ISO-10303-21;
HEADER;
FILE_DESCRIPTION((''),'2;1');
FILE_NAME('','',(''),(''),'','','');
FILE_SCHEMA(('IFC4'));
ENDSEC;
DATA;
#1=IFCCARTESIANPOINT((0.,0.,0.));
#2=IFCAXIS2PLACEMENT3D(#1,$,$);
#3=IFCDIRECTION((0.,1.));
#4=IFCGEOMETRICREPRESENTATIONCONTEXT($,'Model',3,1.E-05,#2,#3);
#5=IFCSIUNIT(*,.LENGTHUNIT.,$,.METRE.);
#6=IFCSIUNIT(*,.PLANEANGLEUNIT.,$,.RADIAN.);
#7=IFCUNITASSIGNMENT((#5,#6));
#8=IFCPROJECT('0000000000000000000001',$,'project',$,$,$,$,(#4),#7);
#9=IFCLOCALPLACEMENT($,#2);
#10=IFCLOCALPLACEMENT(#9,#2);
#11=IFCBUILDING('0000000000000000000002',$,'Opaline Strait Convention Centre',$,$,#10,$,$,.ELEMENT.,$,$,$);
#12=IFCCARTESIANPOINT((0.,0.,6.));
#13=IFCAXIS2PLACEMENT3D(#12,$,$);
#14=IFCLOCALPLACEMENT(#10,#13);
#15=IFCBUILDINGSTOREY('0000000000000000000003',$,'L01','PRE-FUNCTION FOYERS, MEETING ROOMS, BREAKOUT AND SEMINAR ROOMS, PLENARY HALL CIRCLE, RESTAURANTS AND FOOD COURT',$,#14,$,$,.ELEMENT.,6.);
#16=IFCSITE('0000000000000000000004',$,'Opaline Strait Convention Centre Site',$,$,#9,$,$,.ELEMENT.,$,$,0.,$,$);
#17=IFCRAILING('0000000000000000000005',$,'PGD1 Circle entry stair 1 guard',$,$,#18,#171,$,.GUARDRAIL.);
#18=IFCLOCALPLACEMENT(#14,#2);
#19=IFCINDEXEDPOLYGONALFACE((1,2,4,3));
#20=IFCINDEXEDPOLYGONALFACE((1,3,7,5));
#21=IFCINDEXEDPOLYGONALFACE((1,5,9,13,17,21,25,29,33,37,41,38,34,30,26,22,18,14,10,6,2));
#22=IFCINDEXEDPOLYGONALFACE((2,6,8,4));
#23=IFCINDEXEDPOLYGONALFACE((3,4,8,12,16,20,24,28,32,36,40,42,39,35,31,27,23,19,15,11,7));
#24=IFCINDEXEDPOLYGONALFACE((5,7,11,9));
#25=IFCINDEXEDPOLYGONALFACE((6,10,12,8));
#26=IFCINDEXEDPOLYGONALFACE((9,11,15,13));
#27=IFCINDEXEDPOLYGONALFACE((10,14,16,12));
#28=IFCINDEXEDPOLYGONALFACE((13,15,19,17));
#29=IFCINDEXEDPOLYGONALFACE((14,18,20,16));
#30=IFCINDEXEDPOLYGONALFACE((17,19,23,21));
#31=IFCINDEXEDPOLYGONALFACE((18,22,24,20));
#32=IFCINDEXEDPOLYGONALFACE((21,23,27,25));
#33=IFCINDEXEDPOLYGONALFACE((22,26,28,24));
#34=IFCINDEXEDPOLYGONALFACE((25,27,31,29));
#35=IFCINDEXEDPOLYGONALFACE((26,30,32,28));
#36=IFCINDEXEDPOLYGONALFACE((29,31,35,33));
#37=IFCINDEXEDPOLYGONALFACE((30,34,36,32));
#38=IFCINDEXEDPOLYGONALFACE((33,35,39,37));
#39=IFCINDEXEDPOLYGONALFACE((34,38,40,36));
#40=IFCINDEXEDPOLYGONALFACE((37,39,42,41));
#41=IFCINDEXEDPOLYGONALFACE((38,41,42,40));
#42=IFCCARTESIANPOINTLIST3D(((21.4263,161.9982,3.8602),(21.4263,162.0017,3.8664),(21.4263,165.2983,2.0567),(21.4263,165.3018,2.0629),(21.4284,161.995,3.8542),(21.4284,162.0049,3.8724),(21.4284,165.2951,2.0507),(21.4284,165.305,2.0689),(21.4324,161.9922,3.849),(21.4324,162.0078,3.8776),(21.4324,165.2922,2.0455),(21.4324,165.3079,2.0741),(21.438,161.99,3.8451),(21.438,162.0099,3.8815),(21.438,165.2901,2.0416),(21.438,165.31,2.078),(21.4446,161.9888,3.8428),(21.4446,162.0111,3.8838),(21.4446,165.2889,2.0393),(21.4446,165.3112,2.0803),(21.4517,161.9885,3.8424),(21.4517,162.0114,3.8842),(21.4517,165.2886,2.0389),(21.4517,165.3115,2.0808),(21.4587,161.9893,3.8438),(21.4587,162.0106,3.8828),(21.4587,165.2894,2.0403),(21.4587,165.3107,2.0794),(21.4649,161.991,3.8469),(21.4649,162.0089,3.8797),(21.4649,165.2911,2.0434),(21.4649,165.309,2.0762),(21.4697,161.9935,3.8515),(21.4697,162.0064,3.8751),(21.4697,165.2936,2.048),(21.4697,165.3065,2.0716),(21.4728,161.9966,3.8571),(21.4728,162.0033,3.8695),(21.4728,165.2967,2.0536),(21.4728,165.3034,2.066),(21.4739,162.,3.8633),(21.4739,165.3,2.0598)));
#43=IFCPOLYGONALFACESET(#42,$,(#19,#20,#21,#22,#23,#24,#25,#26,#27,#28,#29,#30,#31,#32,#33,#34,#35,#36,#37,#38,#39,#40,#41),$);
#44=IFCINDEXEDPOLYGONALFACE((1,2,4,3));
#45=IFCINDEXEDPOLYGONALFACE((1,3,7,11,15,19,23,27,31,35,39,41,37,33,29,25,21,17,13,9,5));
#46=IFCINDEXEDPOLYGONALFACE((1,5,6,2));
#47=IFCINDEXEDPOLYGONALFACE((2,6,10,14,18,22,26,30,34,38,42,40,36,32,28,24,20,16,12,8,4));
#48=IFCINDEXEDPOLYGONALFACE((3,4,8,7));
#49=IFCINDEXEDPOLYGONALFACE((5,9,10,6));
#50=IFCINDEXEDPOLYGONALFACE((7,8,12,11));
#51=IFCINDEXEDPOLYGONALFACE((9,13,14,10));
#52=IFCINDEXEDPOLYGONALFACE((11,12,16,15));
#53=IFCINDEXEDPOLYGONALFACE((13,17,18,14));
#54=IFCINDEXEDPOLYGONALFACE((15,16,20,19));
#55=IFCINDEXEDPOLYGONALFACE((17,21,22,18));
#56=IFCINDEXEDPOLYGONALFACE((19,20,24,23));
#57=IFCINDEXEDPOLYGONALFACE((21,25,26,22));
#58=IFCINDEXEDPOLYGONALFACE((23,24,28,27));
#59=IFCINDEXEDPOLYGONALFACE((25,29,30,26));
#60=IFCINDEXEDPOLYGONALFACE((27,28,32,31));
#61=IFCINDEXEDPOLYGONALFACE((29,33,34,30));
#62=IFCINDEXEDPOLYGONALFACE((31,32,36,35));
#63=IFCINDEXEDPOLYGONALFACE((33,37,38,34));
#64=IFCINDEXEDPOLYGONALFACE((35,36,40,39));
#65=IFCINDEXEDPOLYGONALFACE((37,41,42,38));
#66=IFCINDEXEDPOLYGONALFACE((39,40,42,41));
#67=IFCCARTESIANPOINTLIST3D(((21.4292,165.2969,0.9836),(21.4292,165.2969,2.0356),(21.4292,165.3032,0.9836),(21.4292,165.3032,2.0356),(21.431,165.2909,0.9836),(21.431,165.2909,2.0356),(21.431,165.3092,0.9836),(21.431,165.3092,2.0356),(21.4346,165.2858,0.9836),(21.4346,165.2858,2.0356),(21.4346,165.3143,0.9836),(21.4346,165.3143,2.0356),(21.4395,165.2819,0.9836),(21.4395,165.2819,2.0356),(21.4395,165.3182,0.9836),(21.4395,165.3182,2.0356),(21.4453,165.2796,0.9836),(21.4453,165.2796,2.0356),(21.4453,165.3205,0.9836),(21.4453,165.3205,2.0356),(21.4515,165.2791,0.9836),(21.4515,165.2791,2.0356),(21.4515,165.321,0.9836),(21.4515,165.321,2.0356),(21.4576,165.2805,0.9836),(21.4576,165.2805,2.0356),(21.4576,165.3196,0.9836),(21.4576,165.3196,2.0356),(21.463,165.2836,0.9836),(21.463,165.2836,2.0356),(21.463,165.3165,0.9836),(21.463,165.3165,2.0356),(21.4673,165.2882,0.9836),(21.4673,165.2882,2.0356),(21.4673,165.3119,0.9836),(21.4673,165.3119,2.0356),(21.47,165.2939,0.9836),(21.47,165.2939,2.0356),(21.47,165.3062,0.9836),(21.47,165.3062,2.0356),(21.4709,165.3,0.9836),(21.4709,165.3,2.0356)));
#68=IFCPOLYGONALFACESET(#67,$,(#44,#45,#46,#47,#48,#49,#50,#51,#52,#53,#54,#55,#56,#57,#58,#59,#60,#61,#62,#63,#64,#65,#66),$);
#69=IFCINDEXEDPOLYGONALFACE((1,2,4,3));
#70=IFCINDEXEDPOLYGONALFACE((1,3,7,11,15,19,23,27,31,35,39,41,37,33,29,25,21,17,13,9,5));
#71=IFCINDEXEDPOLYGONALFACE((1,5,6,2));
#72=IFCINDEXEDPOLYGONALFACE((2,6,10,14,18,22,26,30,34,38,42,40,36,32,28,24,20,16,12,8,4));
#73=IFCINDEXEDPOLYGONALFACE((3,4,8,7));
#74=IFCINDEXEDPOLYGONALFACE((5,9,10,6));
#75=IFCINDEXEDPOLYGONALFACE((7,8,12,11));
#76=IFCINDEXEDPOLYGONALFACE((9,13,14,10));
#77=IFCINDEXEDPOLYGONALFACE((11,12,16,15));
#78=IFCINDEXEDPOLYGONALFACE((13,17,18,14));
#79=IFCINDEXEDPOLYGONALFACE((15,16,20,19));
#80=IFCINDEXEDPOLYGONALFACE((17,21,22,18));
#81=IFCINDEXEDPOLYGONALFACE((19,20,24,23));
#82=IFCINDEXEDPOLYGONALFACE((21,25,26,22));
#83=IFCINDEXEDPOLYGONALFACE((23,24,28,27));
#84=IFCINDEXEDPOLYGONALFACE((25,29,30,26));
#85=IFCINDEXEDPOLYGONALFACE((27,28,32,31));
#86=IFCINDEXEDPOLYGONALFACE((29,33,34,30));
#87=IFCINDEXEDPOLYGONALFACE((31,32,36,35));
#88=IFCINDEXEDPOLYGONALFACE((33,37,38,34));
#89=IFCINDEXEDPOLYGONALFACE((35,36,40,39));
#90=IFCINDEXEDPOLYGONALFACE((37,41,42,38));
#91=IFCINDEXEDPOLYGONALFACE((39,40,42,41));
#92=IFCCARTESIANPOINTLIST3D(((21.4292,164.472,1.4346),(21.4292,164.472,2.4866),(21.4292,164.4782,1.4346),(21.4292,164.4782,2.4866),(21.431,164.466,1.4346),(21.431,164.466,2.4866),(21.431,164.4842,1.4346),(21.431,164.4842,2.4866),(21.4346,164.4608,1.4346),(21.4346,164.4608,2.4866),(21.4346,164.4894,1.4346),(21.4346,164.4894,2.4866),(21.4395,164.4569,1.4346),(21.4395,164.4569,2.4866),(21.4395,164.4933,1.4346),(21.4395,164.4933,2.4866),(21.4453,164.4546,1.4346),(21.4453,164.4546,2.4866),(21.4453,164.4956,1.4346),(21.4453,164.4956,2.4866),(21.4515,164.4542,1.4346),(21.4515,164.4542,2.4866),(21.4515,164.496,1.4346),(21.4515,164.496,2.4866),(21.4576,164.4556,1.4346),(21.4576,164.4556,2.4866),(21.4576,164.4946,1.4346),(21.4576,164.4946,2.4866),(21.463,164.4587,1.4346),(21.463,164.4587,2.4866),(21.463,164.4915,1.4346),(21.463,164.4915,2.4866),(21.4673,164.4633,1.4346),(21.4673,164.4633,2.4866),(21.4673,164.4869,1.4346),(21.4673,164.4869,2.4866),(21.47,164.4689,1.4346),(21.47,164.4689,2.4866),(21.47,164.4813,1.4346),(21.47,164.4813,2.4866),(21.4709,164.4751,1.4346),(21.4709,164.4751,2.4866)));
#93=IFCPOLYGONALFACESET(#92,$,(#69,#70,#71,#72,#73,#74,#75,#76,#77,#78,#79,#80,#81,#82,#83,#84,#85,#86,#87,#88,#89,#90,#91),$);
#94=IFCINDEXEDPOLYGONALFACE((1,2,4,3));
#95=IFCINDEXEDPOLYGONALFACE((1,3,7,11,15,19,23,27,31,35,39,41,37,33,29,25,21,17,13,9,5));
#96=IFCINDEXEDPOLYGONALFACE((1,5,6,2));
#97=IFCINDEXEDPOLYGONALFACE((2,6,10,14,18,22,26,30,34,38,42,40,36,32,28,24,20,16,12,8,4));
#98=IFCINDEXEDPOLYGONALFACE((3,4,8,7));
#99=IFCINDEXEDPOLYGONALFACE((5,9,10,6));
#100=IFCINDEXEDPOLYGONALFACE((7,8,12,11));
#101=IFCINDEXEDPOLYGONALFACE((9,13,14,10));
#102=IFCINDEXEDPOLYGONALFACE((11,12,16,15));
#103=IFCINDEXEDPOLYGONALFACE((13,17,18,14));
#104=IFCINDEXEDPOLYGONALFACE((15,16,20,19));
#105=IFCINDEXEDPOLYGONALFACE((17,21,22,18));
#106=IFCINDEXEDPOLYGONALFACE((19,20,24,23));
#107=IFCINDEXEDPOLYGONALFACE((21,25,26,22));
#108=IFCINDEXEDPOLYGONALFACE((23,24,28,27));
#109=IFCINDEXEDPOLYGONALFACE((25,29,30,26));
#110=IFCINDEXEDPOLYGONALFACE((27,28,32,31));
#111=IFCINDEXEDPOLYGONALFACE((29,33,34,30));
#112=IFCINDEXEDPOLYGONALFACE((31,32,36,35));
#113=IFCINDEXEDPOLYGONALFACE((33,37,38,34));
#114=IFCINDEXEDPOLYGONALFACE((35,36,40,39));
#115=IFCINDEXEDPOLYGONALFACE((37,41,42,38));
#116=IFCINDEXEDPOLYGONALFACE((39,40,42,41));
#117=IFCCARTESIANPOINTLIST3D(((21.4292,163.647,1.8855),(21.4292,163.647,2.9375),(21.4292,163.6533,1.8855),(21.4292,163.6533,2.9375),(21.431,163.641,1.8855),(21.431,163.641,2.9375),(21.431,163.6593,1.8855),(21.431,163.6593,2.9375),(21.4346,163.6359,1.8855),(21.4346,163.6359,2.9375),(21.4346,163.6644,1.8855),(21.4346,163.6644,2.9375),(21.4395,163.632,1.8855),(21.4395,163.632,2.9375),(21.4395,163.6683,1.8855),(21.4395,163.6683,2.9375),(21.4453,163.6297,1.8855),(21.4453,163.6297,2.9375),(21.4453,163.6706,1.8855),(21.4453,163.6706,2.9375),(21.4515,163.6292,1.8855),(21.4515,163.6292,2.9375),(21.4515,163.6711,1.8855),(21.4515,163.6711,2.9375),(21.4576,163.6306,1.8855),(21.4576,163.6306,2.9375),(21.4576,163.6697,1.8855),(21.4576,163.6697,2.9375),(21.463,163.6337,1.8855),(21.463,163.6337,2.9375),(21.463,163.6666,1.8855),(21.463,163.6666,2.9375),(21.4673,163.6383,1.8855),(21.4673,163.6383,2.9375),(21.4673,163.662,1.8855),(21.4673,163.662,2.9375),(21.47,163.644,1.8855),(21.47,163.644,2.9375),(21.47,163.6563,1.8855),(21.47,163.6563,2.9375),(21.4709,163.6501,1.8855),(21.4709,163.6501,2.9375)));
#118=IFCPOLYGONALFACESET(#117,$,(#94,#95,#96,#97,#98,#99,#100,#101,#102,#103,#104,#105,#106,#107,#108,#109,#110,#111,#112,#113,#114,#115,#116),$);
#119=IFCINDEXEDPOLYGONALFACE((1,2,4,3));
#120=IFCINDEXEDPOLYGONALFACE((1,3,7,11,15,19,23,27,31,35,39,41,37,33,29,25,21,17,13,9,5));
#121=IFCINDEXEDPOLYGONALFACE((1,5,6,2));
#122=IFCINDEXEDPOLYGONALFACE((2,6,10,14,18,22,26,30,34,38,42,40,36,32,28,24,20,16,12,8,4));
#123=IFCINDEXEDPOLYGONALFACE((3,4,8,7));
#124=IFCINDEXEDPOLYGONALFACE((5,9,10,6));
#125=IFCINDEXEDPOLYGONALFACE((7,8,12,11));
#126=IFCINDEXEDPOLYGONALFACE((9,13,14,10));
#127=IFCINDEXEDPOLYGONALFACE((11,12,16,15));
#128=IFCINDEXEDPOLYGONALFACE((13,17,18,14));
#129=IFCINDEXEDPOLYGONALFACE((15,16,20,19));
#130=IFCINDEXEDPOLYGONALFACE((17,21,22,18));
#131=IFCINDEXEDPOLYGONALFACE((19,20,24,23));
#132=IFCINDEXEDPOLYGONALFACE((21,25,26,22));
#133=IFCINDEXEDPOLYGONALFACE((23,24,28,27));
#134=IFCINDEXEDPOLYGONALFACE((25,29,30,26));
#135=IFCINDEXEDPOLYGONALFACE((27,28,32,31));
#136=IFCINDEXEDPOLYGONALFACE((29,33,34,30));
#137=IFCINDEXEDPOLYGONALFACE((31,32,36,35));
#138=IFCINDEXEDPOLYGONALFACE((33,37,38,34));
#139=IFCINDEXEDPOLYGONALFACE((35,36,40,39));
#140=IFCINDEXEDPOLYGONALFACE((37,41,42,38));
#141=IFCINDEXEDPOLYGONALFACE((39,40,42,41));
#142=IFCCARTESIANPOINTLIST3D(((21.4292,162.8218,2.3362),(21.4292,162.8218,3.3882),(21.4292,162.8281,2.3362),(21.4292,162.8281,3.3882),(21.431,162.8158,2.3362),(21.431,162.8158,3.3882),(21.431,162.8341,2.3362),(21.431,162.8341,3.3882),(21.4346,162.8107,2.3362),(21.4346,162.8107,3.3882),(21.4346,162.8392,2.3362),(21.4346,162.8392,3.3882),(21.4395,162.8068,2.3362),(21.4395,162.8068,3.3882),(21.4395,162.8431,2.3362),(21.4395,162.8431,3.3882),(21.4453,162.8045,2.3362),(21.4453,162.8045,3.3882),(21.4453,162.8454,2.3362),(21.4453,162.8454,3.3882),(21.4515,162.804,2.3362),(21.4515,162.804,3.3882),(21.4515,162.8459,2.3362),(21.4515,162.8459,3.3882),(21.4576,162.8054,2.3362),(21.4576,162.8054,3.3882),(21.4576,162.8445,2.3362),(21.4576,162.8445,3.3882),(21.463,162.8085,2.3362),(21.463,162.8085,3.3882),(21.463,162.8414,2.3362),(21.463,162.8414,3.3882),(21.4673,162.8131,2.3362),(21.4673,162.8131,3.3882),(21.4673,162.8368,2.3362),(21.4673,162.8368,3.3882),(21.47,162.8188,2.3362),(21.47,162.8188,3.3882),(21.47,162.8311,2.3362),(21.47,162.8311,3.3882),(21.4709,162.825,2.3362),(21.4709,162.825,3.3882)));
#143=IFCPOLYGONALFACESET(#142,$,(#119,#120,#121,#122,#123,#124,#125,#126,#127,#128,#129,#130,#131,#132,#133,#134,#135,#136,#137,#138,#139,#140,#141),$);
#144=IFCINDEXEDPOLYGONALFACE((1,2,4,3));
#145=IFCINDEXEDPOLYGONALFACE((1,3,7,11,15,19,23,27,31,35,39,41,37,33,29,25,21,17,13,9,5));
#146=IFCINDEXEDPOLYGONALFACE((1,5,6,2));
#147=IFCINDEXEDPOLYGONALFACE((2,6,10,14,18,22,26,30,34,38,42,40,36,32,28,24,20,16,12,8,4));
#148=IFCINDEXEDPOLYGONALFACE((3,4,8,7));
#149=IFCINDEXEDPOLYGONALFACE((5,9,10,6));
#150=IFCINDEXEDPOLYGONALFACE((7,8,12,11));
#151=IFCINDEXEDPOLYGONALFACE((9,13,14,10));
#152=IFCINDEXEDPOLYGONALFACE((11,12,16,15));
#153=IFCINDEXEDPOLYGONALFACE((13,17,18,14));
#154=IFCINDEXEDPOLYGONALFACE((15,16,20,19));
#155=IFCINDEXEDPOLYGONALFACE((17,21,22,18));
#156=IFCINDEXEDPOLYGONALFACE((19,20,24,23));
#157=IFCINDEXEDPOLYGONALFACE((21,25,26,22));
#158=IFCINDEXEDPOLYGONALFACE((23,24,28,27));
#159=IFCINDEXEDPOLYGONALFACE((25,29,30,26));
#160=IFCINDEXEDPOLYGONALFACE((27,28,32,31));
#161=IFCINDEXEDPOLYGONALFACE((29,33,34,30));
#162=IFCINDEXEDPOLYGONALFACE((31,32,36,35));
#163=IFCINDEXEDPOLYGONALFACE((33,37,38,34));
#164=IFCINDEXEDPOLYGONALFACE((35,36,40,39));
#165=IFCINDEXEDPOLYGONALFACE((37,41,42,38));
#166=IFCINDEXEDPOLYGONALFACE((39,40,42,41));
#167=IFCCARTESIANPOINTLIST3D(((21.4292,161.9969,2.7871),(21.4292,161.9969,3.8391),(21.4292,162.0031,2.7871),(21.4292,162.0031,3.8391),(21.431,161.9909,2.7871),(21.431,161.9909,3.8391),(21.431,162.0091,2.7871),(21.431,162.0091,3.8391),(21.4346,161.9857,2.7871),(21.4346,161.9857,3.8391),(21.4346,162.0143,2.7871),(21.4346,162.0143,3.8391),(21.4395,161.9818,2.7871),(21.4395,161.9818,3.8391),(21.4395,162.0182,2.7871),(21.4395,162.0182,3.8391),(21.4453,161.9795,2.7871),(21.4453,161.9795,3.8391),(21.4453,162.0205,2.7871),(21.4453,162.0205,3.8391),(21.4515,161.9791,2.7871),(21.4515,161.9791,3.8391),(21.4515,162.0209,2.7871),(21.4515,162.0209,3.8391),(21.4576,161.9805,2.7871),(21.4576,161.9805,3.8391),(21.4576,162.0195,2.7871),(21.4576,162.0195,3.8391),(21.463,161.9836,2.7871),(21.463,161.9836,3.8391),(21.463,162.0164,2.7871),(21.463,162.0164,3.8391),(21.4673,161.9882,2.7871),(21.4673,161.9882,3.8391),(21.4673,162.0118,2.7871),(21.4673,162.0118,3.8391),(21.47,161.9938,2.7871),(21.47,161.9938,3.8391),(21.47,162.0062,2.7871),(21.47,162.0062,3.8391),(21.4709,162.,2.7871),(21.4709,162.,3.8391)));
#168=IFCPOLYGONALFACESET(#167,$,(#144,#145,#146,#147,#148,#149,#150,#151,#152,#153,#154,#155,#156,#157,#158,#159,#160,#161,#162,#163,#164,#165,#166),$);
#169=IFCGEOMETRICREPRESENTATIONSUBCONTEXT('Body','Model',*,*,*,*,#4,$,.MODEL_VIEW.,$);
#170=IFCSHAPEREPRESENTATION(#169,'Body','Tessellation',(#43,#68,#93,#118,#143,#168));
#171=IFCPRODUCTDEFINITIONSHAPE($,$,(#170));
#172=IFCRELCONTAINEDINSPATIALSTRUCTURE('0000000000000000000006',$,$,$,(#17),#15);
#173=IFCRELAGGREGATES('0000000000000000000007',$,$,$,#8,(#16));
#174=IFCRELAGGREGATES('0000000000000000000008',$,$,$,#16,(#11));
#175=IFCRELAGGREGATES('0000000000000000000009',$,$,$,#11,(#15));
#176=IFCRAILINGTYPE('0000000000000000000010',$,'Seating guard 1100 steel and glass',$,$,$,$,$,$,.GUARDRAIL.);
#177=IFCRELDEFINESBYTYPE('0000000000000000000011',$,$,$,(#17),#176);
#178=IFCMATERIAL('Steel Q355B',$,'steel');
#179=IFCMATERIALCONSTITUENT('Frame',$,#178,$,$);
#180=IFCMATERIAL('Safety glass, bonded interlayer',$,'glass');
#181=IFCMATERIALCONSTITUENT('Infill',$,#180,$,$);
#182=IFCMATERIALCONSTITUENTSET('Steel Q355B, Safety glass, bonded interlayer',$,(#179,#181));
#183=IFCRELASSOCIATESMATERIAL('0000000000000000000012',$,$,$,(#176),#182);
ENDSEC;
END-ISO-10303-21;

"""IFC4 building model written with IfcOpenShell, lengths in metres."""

from ifc_helpers import new_model, si_unit, direction, frame, origin, origin_2d, place, context, subcontext, project, spatial, circle, extrude, material, constituent, constituent_set, type_object, element, save


model = new_model("IFC4")

# Units and contexts
model_context = context("Model", 3, precision=1e-05, world=origin(), true_north=direction((0.0, 1.0)))
body_context = subcontext(model_context, "Body", "Model", "MODEL_VIEW")
ifc_project = project(units=[si_unit("LENGTHUNIT", "METRE"), si_unit("PLANEANGLEUNIT", "RADIAN")], contexts=[model_context])

# Site, building, storey
site_placement = place(None, origin())
site = spatial("IfcSite", under=ifc_project, at=site_placement, Name="Opaline Strait Convention Centre Site", CompositionType="ELEMENT", RefElevation=0.0)
building_placement = place(site_placement, origin())
building = spatial("IfcBuilding", under=site, at=building_placement, Name="Opaline Strait Convention Centre", CompositionType="ELEMENT")
storey_placement = place(building_placement, frame((0.0, 0.0, 6.0)))
storey = spatial("IfcBuildingStorey", under=building, at=storey_placement, Name="L01", Description="PRE-FUNCTION FOYERS, MEETING ROOMS, BREAKOUT AND SEMINAR ROOMS, PLENARY HALL CIRCLE, RESTAURANTS AND FOOD COURT", CompositionType="ELEMENT", Elevation=6.0)

# Railing
ifc_material_1 = material(Name="Steel Q355B", Category="steel")
ifc_constituent_1 = constituent(ifc_material_1, Name="Frame")
ifc_material_2 = material(Name="Safety glass, bonded interlayer", Category="glass")
ifc_constituent_2 = constituent(ifc_material_2, Name="Infill")
ifc_constituent_set = constituent_set(constituents=[ifc_constituent_1, ifc_constituent_2], Name="Steel Q355B, Safety glass, bonded interlayer")
railing_type_1 = type_object("IfcRailingType", Name="Seating guard 1100 steel and glass", PredefinedType="GUARDRAIL", material=ifc_constituent_set)
for number, where, name in (
    (1, (21.45, 165.3, 0.9836), "PGD1 Circle entry stair 1 guard"),
):
    element("IfcRailing", number, at=place(storey_placement, frame(where)), inside=storey, type_object=railing_type_1, Name=name, PredefinedType="GUARDRAIL", context=body_context, shape_type="SweptSolid", body=[
        extrude(circle(Radius=0.0239, at=origin_2d()), frame((0.0, 0.0, 1.0762), z_axis=(0.0, -0.877511, 0.479557), x_axis=(1.0, 0.0, 0.0)), (0.0, 0.0, 1.0), 3.7607),
        extrude(circle(Radius=0.021, at=origin_2d()), origin(), (0.0, 0.0, 1.0), 1.052),
        extrude(circle(Radius=0.021, at=origin_2d()), frame((0.0, -0.825, 0.4509)), (0.0, 0.0, 1.0), 1.052),
        extrude(circle(Radius=0.021, at=origin_2d()), frame((0.0, -1.6499, 0.9019)), (0.0, 0.0, 1.0), 1.052),
        extrude(circle(Radius=0.021, at=origin_2d()), frame((0.0, -2.4751, 1.3525)), (0.0, 0.0, 1.0), 1.052),
        extrude(circle(Radius=0.021, at=origin_2d()), frame((0.0, -3.3, 1.8035)), (0.0, 0.0, 1.0), 1.052),
    ])

save(model, "model.ifc")
